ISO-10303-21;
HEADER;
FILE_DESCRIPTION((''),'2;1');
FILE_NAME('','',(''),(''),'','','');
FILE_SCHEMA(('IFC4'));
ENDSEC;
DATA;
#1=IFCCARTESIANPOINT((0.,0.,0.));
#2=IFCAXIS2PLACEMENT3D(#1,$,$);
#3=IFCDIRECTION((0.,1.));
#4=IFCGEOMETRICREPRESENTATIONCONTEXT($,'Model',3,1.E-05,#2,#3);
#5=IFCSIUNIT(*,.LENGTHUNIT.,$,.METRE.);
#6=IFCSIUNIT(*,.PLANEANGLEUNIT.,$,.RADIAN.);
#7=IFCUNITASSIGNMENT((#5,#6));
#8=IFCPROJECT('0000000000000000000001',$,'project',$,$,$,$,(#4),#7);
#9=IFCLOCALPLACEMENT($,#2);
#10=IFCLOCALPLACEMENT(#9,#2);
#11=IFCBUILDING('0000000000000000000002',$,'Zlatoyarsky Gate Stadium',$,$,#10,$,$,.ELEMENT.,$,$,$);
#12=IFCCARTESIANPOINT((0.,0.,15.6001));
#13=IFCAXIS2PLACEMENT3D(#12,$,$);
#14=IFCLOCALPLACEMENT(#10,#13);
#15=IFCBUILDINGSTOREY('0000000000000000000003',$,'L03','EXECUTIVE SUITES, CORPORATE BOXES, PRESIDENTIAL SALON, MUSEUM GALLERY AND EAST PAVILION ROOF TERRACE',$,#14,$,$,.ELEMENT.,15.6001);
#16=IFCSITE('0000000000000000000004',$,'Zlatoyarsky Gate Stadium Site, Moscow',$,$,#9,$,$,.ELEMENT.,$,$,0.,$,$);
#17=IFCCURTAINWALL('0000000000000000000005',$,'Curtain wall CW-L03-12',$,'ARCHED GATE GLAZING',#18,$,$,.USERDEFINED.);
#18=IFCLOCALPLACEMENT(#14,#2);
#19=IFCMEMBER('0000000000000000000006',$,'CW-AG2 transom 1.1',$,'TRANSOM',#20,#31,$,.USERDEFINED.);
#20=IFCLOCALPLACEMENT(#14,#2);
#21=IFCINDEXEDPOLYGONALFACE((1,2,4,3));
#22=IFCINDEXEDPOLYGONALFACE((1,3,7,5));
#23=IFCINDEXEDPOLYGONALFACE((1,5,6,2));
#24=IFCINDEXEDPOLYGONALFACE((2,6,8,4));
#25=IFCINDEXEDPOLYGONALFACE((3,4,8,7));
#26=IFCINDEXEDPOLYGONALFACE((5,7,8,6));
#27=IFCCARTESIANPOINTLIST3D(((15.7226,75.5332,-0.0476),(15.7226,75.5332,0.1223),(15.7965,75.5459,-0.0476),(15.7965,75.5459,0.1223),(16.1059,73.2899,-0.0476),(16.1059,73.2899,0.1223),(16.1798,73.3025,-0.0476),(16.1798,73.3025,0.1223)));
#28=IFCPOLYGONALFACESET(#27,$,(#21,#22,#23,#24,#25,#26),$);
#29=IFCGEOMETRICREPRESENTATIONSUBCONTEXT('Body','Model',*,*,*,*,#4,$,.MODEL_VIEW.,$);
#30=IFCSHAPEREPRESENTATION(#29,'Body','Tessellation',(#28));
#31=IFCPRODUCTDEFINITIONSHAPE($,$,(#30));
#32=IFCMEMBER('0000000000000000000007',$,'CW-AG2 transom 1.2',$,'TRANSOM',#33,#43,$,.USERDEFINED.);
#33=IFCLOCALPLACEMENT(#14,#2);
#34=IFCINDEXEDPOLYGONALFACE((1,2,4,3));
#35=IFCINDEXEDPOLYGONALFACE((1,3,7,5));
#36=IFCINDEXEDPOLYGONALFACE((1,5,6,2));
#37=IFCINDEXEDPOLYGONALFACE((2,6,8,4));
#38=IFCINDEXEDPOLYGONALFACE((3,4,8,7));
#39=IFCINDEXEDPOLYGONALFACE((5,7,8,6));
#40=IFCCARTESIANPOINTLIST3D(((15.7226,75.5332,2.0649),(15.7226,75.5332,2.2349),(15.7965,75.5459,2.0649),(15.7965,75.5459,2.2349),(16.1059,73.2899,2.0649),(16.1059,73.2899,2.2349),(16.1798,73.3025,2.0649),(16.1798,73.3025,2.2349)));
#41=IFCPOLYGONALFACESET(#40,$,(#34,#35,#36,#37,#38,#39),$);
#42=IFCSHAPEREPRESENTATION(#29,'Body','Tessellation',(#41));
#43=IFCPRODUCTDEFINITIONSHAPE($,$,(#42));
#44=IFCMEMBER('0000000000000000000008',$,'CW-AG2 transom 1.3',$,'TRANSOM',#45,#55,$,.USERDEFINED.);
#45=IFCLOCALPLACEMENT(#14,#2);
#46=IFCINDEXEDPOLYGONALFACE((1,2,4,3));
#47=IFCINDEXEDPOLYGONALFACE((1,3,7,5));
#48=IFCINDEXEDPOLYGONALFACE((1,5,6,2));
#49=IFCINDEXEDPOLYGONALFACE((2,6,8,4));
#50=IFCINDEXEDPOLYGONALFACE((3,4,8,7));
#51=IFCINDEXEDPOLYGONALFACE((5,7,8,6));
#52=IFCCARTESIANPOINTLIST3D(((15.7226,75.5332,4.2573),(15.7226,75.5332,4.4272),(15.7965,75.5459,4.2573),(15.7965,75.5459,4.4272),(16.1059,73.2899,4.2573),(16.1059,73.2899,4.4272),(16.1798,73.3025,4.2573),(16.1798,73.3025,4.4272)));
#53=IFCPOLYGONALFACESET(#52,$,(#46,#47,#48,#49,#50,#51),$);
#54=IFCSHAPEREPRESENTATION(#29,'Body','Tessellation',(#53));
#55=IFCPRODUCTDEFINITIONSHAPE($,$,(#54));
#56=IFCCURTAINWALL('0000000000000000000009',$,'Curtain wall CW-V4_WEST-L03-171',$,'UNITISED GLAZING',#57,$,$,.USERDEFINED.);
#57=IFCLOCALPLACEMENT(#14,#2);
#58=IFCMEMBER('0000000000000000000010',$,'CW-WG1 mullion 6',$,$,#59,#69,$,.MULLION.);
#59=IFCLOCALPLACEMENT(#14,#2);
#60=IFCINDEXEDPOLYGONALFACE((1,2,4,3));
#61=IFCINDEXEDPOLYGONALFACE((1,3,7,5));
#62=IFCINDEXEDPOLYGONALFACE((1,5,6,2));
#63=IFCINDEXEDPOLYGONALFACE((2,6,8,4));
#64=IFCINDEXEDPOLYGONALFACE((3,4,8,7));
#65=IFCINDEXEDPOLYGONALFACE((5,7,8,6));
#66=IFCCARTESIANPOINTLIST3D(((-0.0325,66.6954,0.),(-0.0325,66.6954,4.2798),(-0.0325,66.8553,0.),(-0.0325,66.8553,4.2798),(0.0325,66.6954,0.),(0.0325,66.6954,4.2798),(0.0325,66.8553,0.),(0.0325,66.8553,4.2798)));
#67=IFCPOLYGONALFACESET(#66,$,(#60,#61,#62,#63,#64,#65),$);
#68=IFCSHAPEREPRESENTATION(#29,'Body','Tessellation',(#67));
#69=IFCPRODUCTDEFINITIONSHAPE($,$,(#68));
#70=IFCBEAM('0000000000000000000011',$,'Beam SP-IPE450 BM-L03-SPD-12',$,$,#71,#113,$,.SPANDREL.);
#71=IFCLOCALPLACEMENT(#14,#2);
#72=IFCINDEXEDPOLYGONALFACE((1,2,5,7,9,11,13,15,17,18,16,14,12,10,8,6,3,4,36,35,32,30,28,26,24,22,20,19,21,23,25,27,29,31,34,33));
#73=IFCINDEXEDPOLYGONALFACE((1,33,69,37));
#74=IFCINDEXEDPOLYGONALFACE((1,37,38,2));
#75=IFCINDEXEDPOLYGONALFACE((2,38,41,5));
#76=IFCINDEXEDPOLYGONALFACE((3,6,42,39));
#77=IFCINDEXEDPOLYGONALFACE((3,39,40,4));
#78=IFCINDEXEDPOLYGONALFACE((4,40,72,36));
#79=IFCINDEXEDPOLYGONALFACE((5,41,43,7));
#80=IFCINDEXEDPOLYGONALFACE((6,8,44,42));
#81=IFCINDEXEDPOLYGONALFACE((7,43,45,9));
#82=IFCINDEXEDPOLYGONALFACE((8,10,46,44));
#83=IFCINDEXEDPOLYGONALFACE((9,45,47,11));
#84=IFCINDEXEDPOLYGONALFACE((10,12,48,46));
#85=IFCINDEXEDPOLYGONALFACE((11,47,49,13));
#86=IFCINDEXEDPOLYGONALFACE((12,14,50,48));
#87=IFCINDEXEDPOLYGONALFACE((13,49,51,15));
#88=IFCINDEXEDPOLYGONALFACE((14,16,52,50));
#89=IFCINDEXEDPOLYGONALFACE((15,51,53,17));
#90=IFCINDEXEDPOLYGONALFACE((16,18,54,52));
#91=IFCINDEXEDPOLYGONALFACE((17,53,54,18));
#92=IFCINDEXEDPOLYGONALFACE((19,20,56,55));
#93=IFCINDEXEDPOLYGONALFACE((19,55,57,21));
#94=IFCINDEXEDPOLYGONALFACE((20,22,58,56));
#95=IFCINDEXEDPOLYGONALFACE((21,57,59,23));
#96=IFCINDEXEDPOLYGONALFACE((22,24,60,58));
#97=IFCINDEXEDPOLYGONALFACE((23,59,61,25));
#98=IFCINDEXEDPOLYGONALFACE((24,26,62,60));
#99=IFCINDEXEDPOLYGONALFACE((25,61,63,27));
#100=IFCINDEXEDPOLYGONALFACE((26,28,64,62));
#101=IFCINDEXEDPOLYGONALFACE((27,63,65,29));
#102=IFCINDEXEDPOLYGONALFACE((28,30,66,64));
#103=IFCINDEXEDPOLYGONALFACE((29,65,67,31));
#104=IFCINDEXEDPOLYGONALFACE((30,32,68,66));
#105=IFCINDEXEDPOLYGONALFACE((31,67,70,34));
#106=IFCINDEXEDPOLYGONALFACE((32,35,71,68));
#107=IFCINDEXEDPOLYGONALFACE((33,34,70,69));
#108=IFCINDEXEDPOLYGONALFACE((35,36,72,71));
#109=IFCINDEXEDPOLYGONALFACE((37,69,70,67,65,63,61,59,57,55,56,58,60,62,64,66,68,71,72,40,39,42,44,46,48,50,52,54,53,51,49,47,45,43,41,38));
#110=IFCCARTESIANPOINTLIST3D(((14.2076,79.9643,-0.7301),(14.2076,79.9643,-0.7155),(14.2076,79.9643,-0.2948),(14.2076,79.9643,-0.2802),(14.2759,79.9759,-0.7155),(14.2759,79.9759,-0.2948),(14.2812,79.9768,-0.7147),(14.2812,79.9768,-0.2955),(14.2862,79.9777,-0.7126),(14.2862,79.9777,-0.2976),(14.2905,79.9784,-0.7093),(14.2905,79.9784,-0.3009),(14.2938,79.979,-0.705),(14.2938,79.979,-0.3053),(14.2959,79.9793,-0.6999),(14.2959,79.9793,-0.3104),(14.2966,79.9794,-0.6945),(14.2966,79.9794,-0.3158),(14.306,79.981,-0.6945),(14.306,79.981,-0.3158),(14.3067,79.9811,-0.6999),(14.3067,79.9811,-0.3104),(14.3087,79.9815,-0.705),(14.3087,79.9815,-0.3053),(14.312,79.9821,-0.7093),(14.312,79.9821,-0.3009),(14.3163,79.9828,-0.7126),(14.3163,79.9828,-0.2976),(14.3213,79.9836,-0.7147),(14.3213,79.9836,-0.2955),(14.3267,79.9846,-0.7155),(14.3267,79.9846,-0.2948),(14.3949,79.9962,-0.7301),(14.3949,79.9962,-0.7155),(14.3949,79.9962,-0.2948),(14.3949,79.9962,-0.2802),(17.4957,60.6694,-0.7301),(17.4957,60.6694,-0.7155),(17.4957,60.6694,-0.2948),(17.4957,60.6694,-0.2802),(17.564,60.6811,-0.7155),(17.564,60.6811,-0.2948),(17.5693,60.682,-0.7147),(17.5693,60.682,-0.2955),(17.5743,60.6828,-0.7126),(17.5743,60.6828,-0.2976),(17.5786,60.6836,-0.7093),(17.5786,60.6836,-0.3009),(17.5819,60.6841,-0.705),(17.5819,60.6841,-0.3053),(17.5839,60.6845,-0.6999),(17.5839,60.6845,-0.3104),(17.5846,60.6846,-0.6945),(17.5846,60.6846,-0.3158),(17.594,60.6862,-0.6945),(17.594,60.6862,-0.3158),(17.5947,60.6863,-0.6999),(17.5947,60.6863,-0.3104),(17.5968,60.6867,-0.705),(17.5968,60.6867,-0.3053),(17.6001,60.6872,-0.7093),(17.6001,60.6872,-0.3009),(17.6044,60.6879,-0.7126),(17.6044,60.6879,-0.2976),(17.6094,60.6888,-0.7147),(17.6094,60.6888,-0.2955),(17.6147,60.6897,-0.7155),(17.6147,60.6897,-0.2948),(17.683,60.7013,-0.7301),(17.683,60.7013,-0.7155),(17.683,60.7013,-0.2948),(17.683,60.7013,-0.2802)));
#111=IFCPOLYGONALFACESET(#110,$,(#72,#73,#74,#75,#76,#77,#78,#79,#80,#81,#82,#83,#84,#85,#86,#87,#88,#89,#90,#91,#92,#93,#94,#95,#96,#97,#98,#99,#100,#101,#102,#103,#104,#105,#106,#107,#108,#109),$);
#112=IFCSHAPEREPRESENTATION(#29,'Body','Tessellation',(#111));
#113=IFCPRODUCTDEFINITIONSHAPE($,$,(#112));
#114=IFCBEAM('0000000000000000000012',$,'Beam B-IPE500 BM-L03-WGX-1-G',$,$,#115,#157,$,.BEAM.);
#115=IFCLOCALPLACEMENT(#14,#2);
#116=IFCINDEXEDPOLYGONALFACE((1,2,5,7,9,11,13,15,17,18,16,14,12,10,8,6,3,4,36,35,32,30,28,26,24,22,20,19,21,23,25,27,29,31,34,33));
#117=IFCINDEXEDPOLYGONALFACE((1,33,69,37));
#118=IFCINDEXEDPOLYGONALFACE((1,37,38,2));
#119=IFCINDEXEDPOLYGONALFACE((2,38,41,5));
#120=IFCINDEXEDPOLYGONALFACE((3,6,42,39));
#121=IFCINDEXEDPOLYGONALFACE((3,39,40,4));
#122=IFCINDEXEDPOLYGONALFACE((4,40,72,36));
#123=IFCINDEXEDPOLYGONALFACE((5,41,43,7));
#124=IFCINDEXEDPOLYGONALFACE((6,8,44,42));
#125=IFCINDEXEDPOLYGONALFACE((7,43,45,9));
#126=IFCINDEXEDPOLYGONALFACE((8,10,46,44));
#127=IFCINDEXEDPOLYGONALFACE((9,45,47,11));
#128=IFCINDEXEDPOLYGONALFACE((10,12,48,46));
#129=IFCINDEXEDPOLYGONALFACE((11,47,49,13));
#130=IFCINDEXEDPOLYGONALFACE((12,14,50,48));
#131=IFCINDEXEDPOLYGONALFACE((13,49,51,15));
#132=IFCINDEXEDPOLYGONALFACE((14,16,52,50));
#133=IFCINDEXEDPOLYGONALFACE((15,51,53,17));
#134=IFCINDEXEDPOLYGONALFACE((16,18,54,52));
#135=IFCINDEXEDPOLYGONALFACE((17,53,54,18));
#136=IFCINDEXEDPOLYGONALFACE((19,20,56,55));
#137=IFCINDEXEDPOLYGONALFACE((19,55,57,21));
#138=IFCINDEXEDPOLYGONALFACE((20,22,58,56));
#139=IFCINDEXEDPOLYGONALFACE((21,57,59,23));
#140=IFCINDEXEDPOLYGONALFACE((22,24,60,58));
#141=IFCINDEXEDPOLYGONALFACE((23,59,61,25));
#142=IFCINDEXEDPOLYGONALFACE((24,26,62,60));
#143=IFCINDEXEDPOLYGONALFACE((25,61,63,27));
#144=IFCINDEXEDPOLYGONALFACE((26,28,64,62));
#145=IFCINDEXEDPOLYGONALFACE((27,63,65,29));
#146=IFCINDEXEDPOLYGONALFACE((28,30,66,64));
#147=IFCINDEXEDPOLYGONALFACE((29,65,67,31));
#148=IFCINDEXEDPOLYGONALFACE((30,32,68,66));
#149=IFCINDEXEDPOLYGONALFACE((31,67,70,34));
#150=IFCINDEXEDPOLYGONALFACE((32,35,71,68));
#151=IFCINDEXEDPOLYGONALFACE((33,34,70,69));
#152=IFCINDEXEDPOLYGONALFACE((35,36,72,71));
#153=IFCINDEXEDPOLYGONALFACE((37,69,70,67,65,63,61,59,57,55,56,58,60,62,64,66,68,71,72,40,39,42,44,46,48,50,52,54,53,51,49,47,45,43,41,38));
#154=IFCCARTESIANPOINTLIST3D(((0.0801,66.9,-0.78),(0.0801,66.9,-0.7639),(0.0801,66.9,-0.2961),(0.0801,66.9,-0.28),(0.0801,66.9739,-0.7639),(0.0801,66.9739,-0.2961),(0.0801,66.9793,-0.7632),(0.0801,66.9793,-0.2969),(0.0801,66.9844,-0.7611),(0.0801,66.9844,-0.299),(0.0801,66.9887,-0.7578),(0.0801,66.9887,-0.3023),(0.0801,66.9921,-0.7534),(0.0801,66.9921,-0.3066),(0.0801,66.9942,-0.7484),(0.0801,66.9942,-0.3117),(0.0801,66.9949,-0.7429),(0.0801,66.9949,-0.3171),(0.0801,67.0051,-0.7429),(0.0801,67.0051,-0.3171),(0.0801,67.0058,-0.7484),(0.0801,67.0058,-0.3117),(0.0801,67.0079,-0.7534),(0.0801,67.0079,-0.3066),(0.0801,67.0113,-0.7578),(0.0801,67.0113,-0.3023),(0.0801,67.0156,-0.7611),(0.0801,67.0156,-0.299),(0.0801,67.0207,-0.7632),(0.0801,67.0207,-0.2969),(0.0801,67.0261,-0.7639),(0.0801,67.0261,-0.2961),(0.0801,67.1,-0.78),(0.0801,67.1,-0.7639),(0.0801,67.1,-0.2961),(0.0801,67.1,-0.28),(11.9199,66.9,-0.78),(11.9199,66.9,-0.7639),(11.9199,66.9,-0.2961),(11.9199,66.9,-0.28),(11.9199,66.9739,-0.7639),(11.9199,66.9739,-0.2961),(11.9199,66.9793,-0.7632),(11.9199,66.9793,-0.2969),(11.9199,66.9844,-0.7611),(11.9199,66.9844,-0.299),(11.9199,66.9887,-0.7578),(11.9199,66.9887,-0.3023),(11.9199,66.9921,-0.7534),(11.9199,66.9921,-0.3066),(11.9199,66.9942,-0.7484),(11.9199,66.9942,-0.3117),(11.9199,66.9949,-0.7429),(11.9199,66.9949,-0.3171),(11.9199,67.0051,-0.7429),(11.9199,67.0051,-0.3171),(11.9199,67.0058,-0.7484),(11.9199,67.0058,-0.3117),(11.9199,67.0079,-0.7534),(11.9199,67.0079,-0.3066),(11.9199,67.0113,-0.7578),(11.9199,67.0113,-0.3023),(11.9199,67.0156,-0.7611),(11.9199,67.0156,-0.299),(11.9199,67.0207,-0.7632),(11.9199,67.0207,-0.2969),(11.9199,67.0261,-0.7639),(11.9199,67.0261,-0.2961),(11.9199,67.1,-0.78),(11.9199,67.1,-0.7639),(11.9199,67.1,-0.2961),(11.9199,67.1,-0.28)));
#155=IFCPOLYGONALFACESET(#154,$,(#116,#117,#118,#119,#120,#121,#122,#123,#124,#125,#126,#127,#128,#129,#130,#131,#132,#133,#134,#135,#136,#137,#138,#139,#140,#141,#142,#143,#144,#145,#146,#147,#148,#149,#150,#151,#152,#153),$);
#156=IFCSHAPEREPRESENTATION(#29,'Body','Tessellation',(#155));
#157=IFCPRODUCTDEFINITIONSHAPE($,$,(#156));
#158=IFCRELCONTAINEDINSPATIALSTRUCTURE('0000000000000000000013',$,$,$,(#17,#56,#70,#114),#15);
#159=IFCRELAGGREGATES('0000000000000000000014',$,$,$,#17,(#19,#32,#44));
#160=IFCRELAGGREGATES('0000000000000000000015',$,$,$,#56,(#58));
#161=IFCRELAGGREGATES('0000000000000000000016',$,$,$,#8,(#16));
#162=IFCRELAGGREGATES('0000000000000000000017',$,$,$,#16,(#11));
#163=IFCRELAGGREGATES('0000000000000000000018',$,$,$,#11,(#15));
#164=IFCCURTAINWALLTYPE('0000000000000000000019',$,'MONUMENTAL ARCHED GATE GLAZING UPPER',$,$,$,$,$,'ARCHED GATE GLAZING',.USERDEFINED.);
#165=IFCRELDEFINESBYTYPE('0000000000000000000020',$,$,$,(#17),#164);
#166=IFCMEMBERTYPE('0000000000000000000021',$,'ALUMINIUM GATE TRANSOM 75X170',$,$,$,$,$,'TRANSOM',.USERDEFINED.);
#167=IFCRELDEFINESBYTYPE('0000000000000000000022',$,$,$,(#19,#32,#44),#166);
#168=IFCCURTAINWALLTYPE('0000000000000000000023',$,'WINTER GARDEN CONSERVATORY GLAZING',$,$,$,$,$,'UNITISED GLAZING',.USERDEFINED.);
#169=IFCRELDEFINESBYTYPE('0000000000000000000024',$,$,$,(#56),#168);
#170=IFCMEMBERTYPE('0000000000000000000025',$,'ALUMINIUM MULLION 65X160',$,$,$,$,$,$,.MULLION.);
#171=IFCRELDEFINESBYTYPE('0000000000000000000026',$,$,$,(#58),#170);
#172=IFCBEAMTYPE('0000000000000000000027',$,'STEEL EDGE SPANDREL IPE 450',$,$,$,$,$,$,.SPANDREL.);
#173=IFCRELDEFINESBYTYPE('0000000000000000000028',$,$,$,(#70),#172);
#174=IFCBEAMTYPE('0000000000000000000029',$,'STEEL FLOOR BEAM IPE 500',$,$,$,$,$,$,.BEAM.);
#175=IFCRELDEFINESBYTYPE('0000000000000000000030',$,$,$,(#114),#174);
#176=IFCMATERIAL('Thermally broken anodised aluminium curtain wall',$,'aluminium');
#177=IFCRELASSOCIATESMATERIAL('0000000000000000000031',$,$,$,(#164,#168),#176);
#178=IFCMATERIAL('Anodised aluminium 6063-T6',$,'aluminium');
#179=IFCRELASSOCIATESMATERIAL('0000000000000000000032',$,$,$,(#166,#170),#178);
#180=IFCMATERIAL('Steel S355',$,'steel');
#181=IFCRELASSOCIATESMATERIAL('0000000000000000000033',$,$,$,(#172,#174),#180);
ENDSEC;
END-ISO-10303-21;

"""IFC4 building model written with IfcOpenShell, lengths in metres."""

from ifc_helpers import new_model, si_unit, direction, frame, origin, origin_2d, place, context, subcontext, project, spatial, rectangle, i_section, extrude, material, material_profile, profile_set, type_object, element, aggregate, save


model = new_model("IFC4")

# Units and contexts
model_context = context("Model", 3, precision=1e-05, world=origin(), true_north=direction((0.0, 1.0)))
body_context = subcontext(model_context, "Body", "Model", "MODEL_VIEW")
ifc_project = project(units=[si_unit("LENGTHUNIT", "METRE"), si_unit("PLANEANGLEUNIT", "RADIAN")], contexts=[model_context])

# Site, building, storey
site_placement = place(None, origin())
site = spatial("IfcSite", under=ifc_project, at=site_placement, Name="Zlatoyarsky Gate Stadium Site, Moscow", CompositionType="ELEMENT", RefElevation=0.0)
building_placement = place(site_placement, origin())
building = spatial("IfcBuilding", under=site, at=building_placement, Name="Zlatoyarsky Gate Stadium", CompositionType="ELEMENT")
storey_placement = place(building_placement, frame((0.0, 0.0, 15.6001)))
storey = spatial("IfcBuildingStorey", under=building, at=storey_placement, Name="L03", Description="EXECUTIVE SUITES, CORPORATE BOXES, PRESIDENTIAL SALON, MUSEUM GALLERY AND EAST PAVILION ROOF TERRACE", CompositionType="ELEMENT", Elevation=15.6001)

# Shared definitions
ifc_material_1 = material(Name="Steel S355", Category="steel")

# Curtain wall, members
ifc_material_2 = material(Name="Thermally broken anodised aluminium curtain wall", Category="aluminium")
curtain_wall_type_1 = type_object("IfcCurtainWallType", Name="MONUMENTAL ARCHED GATE GLAZING UPPER", ElementType="ARCHED GATE GLAZING", PredefinedType="USERDEFINED", material=ifc_material_2)
curtain_wall_1_placement = place(storey_placement, origin())
curtain_wall_1 = element("IfcCurtainWall", 1, at=curtain_wall_1_placement, inside=storey, type_object=curtain_wall_type_1, Name="Curtain wall CW-L03-12", ObjectType="ARCHED GATE GLAZING", PredefinedType="USERDEFINED")
ifc_material_3 = material(Name="Anodised aluminium 6063-T6", Category="aluminium")
ifc_material_profile_1 = material_profile(ifc_material_3, rectangle(XDim=0.075, YDim=0.1699, at=origin_2d()), Name="ALU 75X170")
ifc_profile_set_1 = profile_set([ifc_material_profile_1], Name="Anodised aluminium 6063-T6")
member_type_1 = type_object("IfcMemberType", Name="ALUMINIUM GATE TRANSOM 75X170", ElementType="TRANSOM", PredefinedType="USERDEFINED", material=ifc_profile_set_1)
member_1_placement = place(storey_placement, frame((15.7595, 75.5396, 0.0374), z_axis=(0.168416, -0.985716, 0.0), x_axis=(0.985716, 0.168416, 0.0)))
member_1 = element("IfcMember", 2, at=member_1_placement, type_object=member_type_1, Name="CW-AG2 transom 1.1", ObjectType="TRANSOM", PredefinedType="USERDEFINED", context=body_context, shape_type="SweptSolid", body=[
    extrude(rectangle(XDim=0.075, YDim=0.1699, at=origin_2d()), origin(), (0.0, 0.0, 1.0), 2.2759),
])
member_2_placement = place(storey_placement, frame((15.7595, 75.5396, 2.1499), z_axis=(0.168416, -0.985716, 0.0), x_axis=(0.985716, 0.168416, 0.0)))
member_2 = element("IfcMember", 3, at=member_2_placement, type_object=member_type_1, Name="CW-AG2 transom 1.2", ObjectType="TRANSOM", PredefinedType="USERDEFINED", context=body_context, shape_type="SweptSolid", body=[
    extrude(rectangle(XDim=0.075, YDim=0.1699, at=origin_2d()), origin(), (0.0, 0.0, 1.0), 2.2759),
])
member_3_placement = place(storey_placement, frame((15.7595, 75.5396, 4.3423), z_axis=(0.168416, -0.985716, 0.0), x_axis=(0.985716, 0.168416, 0.0)))
member_3 = element("IfcMember", 4, at=member_3_placement, type_object=member_type_1, Name="CW-AG2 transom 1.3", ObjectType="TRANSOM", PredefinedType="USERDEFINED", context=body_context, shape_type="SweptSolid", body=[
    extrude(rectangle(XDim=0.075, YDim=0.1699, at=origin_2d()), origin(), (0.0, 0.0, 1.0), 2.2759),
])

# Curtain wall, member
curtain_wall_type_2 = type_object("IfcCurtainWallType", Name="WINTER GARDEN CONSERVATORY GLAZING", ElementType="UNITISED GLAZING", PredefinedType="USERDEFINED", material=ifc_material_2)
curtain_wall_2_placement = place(storey_placement, origin())
curtain_wall_2 = element("IfcCurtainWall", 5, at=curtain_wall_2_placement, inside=storey, type_object=curtain_wall_type_2, Name="Curtain wall CW-V4_WEST-L03-171", ObjectType="UNITISED GLAZING", PredefinedType="USERDEFINED")
ifc_material_profile_2 = material_profile(ifc_material_3, rectangle(XDim=0.0649, YDim=0.1599, at=origin_2d()), Name="ALU 65X160")
ifc_profile_set_2 = profile_set([ifc_material_profile_2], Name="Anodised aluminium 6063-T6")
member_type_2 = type_object("IfcMemberType", Name="ALUMINIUM MULLION 65X160", PredefinedType="MULLION", material=ifc_profile_set_2)
member_4_placement = place(storey_placement, frame((0.0, 66.7754, 0.0), z_axis=(0.0, 0.0, 1.0), x_axis=(-1.0, 0.0, 0.0)))
member_4 = element("IfcMember", 6, at=member_4_placement, type_object=member_type_2, Name="CW-WG1 mullion 6", PredefinedType="MULLION", context=body_context, shape_type="SweptSolid", body=[
    extrude(rectangle(XDim=0.0649, YDim=0.1599, at=origin_2d()), origin(), (0.0, 0.0, 1.0), 4.2798),
])

# Beams
ifc_material_profile_3 = material_profile(ifc_material_1, i_section(OverallWidth=0.1899, OverallDepth=0.45, WebThickness=0.0095, FlangeThickness=0.0146, FilletRadius=0.021, at=origin_2d()), Name="IPE 450")
ifc_profile_set_3 = profile_set([ifc_material_profile_3], Name="Steel S355")
beam_type_1 = type_object("IfcBeamType", Name="STEEL EDGE SPANDREL IPE 450", PredefinedType="SPANDREL", material=ifc_profile_set_3)
beam_1_placement = place(storey_placement, frame((14.3013, 79.9802, -0.5051), z_axis=(0.16799, -0.985789, 0.0), x_axis=(0.985789, 0.16799, 0.0)))
element("IfcBeam", 7, at=beam_1_placement, inside=storey, type_object=beam_type_1, Name="Beam SP-IPE450 BM-L03-SPD-12", PredefinedType="SPANDREL", context=body_context, shape_type="SweptSolid", body=[
    extrude(i_section(OverallWidth=0.1899, OverallDepth=0.45, WebThickness=0.0095, FlangeThickness=0.0146, FilletRadius=0.021, at=origin_2d()), origin(), (0.0, 0.0, 1.0), 19.573),
])
ifc_material_profile_4 = material_profile(ifc_material_1, i_section(OverallWidth=0.2, OverallDepth=0.5, WebThickness=0.0103, FlangeThickness=0.0161, FilletRadius=0.021, at=origin_2d()), Name="IPE 500")
ifc_profile_set_4 = profile_set([ifc_material_profile_4], Name="Steel S355")
beam_type_2 = type_object("IfcBeamType", Name="STEEL FLOOR BEAM IPE 500", PredefinedType="BEAM", material=ifc_profile_set_4)
for number, where, z_axis, x_axis, name in (
    (8, (0.0801, 67.0, -0.53), (1.0, 0.0, 0.0), (0.0, 1.0, 0.0), "Beam B-IPE500 BM-L03-WGX-1-G"),
):
    element("IfcBeam", number, at=place(storey_placement, frame(where, z_axis=z_axis, x_axis=x_axis)), inside=storey, type_object=beam_type_2, Name=name, PredefinedType="BEAM", context=body_context, shape_type="SweptSolid", body=[
        extrude(i_section(OverallWidth=0.2, OverallDepth=0.5, WebThickness=0.0103, FlangeThickness=0.0161, FilletRadius=0.021, at=origin_2d()), origin(), (0.0, 0.0, 1.0), 11.8398),
    ])

aggregate(curtain_wall_1, [member_1, member_2, member_3])
aggregate(curtain_wall_2, [member_4])

save(model, "model.ifc")
